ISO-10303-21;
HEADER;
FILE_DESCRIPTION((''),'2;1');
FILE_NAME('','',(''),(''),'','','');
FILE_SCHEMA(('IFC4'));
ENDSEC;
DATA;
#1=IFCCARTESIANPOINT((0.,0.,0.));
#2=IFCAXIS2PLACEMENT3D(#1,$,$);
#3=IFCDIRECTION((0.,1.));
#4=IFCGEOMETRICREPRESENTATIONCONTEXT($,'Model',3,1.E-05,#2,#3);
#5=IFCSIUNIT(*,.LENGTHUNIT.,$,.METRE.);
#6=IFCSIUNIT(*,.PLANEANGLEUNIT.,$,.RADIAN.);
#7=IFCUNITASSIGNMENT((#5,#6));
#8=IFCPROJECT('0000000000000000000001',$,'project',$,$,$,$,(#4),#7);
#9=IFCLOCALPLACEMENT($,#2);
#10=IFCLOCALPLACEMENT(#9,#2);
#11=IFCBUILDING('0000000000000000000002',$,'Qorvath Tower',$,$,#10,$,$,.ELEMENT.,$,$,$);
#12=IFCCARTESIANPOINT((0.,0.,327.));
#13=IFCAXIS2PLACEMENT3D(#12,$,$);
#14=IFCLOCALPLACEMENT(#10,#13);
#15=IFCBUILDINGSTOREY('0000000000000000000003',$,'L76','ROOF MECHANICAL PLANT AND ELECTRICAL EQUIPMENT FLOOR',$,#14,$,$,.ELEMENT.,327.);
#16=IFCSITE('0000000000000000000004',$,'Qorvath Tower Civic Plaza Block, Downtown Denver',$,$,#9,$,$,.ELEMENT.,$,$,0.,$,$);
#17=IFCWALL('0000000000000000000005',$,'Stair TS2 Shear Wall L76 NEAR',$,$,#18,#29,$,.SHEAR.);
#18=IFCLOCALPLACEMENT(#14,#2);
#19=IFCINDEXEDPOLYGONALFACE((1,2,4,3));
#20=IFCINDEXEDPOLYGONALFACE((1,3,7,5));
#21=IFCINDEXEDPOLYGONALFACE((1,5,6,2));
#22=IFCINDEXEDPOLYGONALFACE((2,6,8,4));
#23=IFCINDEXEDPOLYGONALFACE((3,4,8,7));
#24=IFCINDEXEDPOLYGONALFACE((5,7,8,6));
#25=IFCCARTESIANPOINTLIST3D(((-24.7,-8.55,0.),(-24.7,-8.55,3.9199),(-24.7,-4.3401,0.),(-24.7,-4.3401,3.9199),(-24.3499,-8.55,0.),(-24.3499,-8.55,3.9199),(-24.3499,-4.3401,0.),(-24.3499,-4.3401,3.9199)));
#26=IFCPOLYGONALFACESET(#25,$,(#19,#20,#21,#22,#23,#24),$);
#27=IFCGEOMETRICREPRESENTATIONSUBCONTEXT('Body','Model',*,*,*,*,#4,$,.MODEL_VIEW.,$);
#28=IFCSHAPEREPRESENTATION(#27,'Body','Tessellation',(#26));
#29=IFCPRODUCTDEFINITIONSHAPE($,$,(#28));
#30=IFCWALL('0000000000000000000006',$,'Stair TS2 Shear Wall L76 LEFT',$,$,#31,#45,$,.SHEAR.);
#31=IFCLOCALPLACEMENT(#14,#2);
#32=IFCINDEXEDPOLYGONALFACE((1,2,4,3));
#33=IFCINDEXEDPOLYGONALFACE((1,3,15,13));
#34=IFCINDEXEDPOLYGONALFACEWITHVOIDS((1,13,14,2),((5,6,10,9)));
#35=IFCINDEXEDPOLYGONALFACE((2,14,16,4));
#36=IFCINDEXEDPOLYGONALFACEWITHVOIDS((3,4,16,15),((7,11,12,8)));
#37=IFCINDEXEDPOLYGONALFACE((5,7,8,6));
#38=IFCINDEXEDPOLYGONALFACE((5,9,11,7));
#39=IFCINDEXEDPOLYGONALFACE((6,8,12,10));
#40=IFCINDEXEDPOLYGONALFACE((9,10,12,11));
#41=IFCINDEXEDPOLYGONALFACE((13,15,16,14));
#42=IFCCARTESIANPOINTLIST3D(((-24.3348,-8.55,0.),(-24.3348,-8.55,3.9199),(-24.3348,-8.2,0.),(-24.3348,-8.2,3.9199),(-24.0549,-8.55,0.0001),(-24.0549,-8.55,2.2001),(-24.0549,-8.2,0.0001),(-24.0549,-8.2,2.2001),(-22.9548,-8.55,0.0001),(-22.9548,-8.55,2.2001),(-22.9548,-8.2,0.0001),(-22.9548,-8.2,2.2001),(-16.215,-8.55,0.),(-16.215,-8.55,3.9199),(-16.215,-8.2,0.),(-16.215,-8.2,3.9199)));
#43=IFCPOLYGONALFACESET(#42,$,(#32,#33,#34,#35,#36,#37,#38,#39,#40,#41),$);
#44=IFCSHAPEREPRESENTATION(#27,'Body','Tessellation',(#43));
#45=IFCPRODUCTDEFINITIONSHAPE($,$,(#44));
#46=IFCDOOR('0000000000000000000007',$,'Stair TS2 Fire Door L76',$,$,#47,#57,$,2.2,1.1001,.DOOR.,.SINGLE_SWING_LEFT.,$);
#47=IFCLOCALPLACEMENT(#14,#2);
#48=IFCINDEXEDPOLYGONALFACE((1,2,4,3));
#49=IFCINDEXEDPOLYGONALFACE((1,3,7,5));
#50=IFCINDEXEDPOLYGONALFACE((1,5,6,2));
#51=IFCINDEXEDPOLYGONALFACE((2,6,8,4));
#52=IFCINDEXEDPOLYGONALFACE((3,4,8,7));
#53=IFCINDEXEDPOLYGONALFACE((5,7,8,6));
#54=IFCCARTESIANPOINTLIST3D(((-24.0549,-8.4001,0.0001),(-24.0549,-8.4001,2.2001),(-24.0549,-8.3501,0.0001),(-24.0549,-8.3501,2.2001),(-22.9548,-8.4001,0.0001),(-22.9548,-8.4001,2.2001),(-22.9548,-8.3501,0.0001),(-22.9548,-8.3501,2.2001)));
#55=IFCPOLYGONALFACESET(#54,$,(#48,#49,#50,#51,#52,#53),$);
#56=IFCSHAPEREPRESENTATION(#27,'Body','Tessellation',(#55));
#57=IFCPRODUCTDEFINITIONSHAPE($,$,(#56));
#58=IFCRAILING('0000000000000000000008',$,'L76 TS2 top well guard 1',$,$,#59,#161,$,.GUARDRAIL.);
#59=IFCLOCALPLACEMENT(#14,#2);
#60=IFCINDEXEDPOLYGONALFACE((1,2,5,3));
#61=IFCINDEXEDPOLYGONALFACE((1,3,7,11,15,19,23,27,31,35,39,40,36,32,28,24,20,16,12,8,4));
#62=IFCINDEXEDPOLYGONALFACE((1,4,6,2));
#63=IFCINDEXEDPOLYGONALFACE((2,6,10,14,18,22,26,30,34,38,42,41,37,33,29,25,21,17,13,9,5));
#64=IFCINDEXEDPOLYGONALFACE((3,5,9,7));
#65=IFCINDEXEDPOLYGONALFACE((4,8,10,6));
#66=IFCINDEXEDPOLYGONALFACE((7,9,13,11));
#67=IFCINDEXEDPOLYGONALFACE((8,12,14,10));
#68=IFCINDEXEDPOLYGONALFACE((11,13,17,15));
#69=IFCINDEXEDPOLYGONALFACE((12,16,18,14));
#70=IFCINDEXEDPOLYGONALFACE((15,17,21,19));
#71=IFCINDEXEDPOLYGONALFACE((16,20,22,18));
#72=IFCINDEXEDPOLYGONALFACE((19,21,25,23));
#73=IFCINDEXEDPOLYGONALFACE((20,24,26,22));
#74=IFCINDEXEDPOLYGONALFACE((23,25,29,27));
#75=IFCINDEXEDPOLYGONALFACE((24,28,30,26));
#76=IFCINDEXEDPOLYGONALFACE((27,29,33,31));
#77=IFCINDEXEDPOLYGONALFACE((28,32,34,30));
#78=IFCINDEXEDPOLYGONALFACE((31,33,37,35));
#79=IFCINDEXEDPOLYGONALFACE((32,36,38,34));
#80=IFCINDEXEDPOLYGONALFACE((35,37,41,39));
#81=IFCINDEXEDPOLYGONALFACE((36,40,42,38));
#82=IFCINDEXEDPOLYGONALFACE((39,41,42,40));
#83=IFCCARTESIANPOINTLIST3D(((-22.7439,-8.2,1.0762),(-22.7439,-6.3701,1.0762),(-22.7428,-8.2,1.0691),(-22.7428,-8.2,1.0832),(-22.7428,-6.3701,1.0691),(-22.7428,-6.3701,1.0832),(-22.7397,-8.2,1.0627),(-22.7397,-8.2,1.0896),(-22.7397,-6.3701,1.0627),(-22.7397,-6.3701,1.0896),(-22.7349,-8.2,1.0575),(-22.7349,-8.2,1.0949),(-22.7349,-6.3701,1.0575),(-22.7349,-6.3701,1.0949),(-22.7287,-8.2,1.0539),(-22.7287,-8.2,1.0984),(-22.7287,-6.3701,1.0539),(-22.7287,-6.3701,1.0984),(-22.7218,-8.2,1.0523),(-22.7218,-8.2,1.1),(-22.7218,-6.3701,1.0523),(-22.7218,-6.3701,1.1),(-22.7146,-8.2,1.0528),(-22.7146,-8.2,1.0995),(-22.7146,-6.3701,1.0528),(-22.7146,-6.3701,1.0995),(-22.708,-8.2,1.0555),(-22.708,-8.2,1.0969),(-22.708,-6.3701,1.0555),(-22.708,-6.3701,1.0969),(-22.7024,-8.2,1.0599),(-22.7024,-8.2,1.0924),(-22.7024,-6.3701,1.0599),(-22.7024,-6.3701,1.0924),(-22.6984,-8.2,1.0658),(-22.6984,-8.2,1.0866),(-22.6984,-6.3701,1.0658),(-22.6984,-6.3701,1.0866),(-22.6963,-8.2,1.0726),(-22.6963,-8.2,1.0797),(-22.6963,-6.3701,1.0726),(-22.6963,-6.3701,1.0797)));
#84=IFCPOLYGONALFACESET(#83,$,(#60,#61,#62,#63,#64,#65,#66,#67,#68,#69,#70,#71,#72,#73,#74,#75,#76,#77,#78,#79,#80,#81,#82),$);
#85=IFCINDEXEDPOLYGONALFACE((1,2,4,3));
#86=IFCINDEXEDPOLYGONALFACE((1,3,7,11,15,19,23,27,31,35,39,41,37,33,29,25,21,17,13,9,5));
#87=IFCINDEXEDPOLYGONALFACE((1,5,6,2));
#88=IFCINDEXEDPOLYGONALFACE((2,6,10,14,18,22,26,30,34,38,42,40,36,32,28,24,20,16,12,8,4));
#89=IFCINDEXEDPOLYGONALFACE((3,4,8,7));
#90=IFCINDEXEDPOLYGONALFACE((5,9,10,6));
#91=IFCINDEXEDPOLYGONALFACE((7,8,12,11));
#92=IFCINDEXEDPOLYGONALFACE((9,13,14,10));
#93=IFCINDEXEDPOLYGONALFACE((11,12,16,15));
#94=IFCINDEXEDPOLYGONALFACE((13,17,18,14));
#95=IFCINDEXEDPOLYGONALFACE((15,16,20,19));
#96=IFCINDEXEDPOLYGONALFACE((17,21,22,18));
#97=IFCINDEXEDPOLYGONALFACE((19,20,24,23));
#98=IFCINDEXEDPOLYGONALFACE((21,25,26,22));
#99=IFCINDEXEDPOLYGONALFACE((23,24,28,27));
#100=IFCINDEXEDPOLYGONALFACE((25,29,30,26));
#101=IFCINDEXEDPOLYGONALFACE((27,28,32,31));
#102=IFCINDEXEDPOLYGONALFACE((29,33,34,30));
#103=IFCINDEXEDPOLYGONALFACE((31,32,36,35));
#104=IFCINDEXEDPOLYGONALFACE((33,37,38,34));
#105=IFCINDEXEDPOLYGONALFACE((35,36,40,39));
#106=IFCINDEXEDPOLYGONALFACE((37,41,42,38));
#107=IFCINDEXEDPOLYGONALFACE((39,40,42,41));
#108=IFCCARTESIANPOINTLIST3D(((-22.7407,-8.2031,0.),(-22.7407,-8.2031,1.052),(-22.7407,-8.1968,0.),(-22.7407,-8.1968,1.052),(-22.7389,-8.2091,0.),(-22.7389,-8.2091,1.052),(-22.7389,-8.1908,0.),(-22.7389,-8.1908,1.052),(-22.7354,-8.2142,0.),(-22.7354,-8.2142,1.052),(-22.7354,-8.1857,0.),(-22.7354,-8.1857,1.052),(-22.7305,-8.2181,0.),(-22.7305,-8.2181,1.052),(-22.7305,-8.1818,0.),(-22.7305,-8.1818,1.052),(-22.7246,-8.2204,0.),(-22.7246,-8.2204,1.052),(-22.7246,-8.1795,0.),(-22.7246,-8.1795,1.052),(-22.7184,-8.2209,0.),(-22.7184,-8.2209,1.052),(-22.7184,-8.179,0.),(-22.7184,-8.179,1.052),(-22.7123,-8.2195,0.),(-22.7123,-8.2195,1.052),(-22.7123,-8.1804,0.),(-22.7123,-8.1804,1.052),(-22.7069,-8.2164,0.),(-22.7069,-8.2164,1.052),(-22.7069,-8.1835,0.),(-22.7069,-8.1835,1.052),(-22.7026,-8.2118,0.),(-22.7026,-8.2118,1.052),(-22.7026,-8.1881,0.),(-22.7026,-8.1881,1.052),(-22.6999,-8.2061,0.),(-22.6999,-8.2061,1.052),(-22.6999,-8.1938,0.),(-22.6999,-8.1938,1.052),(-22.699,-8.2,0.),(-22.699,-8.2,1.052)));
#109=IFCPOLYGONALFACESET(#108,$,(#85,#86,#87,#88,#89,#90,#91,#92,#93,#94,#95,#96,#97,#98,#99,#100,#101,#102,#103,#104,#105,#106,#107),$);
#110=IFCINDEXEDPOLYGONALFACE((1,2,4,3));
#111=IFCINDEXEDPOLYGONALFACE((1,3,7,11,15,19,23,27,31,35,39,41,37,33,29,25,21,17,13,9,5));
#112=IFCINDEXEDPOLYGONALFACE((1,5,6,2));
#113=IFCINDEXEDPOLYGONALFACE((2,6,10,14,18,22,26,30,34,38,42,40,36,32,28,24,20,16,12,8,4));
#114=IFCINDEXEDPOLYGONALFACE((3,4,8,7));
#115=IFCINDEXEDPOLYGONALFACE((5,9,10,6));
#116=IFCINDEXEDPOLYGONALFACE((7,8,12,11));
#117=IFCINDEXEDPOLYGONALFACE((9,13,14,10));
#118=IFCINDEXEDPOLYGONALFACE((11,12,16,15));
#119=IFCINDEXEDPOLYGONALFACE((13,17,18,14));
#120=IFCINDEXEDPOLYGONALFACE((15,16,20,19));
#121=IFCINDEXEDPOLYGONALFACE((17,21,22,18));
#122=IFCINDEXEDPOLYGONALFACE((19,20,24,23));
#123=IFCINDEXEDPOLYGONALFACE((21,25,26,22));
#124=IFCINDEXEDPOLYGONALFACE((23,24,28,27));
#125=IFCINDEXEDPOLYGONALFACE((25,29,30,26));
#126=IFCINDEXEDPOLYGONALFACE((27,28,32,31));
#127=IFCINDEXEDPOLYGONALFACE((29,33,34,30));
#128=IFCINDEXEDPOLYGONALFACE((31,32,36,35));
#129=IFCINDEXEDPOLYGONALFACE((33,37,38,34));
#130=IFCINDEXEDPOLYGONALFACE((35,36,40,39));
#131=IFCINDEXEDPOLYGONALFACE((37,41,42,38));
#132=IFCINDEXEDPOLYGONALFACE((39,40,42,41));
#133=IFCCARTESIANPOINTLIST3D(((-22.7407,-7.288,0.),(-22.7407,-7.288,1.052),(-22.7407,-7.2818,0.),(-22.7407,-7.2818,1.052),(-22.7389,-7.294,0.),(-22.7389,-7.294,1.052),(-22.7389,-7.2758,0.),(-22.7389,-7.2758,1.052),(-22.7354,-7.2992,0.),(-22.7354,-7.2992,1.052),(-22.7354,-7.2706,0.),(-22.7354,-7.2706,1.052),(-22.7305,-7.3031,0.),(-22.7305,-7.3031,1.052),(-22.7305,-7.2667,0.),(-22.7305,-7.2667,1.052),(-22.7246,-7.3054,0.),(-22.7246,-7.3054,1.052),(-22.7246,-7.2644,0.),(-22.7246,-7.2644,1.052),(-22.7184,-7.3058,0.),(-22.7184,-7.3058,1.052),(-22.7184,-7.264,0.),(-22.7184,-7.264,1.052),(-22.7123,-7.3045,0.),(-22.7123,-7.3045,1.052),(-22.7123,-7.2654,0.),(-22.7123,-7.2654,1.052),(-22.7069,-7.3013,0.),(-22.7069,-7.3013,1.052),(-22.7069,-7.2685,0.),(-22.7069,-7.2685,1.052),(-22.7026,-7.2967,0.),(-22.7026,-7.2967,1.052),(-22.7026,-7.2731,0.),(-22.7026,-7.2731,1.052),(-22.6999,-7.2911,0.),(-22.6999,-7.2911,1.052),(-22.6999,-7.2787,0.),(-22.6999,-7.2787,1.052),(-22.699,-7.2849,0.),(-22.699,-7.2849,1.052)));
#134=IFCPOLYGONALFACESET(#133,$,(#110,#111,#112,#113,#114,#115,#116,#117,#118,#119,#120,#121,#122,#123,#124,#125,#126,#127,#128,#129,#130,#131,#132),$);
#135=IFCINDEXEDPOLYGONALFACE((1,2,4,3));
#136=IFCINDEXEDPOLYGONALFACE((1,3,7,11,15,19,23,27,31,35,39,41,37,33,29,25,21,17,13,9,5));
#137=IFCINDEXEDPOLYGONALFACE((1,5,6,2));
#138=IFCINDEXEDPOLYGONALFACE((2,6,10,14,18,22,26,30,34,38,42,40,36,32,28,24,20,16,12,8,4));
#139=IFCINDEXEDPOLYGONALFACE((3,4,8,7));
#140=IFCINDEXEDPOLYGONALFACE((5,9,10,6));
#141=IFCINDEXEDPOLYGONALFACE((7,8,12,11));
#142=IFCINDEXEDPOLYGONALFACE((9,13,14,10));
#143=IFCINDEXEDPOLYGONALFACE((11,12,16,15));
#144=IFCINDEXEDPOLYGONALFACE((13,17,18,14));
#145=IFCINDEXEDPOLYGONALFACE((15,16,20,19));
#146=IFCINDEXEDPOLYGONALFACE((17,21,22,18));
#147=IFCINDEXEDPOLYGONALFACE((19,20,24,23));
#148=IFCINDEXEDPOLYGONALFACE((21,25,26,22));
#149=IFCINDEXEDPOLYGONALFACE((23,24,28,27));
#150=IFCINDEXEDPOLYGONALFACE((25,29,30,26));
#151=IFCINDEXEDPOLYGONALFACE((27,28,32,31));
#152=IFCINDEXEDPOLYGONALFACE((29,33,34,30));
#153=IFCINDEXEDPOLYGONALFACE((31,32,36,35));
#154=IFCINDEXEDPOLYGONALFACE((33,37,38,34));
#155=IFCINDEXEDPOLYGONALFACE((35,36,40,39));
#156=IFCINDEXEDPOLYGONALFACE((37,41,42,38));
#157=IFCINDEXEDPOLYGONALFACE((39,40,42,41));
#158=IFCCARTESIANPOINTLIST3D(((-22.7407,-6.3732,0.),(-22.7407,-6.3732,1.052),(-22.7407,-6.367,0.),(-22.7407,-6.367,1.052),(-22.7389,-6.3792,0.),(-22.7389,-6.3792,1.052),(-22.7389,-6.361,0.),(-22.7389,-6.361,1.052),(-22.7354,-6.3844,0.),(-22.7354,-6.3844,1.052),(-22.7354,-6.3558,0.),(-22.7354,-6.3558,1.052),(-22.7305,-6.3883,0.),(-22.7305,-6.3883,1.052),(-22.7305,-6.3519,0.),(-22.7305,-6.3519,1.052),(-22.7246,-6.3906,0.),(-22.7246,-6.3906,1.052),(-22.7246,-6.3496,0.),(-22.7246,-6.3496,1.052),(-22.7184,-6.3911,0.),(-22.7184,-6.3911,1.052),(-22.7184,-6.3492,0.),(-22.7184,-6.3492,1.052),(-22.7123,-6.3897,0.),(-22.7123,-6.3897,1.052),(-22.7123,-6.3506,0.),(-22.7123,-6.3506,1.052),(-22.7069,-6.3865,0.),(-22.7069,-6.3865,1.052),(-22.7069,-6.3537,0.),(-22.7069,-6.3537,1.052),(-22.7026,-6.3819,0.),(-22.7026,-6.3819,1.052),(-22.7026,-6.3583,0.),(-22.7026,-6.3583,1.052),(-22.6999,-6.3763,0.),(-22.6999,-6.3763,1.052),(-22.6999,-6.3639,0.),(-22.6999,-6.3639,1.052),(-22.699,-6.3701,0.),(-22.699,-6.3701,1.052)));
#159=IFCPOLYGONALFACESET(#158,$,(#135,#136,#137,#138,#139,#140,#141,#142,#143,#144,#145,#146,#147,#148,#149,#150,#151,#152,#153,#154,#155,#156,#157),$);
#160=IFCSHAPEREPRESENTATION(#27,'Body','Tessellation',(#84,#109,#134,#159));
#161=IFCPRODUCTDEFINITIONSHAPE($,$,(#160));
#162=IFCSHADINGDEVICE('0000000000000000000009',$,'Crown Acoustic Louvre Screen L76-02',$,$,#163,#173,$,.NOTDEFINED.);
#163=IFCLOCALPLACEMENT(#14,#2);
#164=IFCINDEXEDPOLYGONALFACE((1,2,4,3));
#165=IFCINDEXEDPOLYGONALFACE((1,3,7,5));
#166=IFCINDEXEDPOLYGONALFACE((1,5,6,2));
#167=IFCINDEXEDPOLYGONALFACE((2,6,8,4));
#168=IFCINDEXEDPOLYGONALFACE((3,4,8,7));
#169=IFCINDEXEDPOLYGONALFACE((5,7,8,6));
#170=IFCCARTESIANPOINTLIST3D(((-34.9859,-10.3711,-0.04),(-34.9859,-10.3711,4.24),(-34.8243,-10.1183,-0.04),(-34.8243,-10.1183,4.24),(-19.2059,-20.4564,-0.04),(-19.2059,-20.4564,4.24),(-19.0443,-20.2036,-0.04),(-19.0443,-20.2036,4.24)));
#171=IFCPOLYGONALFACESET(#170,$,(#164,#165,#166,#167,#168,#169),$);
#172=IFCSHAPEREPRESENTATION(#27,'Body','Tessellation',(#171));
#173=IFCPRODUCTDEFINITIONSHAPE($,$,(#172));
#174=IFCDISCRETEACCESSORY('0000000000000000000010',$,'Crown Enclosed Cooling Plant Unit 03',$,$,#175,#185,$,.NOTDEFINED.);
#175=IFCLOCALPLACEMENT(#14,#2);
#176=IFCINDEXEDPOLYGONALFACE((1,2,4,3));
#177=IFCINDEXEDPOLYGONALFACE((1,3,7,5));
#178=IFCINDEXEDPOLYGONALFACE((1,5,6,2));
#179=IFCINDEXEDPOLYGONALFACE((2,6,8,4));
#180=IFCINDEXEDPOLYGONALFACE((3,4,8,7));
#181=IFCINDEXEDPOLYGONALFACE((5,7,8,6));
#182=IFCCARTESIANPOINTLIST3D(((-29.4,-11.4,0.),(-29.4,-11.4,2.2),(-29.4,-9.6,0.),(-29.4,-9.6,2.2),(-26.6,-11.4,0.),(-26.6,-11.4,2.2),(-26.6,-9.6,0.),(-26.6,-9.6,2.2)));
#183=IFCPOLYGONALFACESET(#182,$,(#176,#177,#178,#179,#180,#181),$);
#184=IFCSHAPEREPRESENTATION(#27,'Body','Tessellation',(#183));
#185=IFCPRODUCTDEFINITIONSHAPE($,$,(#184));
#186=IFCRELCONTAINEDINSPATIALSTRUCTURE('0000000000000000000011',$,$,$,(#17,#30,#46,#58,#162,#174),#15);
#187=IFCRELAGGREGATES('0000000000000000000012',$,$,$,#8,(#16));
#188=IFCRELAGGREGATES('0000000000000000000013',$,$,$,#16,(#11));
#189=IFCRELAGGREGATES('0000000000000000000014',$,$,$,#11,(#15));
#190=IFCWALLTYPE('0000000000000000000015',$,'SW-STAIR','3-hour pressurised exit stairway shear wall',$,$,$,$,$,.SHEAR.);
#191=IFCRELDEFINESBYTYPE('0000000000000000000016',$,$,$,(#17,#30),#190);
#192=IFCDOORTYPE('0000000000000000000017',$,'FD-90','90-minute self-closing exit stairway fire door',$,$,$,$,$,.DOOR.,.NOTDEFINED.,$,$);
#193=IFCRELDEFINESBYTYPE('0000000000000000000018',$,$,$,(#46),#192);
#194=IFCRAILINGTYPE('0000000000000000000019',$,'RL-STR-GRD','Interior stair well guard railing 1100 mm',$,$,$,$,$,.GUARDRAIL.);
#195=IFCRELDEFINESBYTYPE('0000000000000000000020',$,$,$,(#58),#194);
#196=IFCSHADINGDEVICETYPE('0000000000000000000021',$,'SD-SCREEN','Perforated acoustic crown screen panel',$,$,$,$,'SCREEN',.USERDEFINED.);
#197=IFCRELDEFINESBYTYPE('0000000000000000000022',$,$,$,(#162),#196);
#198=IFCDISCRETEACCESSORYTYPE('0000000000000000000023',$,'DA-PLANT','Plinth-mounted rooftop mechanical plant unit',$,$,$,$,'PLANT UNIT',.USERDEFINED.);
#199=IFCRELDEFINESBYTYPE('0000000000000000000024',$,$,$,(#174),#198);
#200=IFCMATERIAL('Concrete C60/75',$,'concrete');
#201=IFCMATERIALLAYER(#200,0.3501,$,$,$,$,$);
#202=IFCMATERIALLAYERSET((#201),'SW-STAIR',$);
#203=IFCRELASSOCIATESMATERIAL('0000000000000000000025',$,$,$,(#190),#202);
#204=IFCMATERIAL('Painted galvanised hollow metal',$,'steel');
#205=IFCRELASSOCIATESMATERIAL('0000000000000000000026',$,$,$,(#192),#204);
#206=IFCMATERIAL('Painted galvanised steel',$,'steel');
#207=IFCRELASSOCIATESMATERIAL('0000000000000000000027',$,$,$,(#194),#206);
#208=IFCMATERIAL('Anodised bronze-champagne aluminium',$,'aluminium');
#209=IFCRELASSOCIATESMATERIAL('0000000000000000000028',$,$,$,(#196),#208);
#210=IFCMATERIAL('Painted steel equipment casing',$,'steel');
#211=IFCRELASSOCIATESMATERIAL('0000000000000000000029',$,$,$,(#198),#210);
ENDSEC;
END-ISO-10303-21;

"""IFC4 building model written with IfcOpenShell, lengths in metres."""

from ifc_helpers import new_model, si_unit, direction, frame, frame_2d, origin, origin_2d, place, context, subcontext, project, spatial, rectangle, circle, extrude, material, layer, layer_set, type_object, element, fill, save


model = new_model("IFC4")

# Units and contexts
model_context = context("Model", 3, precision=1e-05, world=origin(), true_north=direction((0.0, 1.0)))
body_context = subcontext(model_context, "Body", "Model", "MODEL_VIEW")
ifc_project = project(units=[si_unit("LENGTHUNIT", "METRE"), si_unit("PLANEANGLEUNIT", "RADIAN")], contexts=[model_context])

# Site, building, storey
site_placement = place(None, origin())
site = spatial("IfcSite", under=ifc_project, at=site_placement, Name="Qorvath Tower Civic Plaza Block, Downtown Denver", CompositionType="ELEMENT", RefElevation=0.0)
building_placement = place(site_placement, origin())
building = spatial("IfcBuilding", under=site, at=building_placement, Name="Qorvath Tower", CompositionType="ELEMENT")
storey_placement = place(building_placement, frame((0.0, 0.0, 327.0)))
storey = spatial("IfcBuildingStorey", under=building, at=storey_placement, Name="L76", Description="ROOF MECHANICAL PLANT AND ELECTRICAL EQUIPMENT FLOOR", CompositionType="ELEMENT", Elevation=327.0)

# Wall
ifc_material_1 = material(Name="Concrete C60/75", Category="concrete")
ifc_layer_1 = layer(ifc_material_1, 0.3501)
ifc_layer_set_1 = layer_set([ifc_layer_1], Name="SW-STAIR")
wall_type_1 = type_object("IfcWallType", Name="SW-STAIR", Description="3-hour pressurised exit stairway shear wall", PredefinedType="SHEAR", material=ifc_layer_set_1)
wall_1_placement = place(storey_placement, frame((-24.5249, -4.3401, 0.0), z_axis=(0.0, 0.0, 1.0), x_axis=(0.0, -1.0, 0.0)))
element("IfcWall", 1, at=wall_1_placement, inside=storey, type_object=wall_type_1, Name="Stair TS2 Shear Wall L76 NEAR", PredefinedType="SHEAR", context=body_context, shape_type="SweptSolid", body=[
    extrude(rectangle(XDim=4.21, YDim=0.3501, at=frame_2d((2.105, 0.0))), origin(), (0.0, 0.0, 1.0), 3.9199),
])

# Wall, opening, door
wall_2_placement = place(storey_placement, frame((-24.335, -8.375, 0.0), z_axis=(0.0, 0.0, 1.0), x_axis=(1.0, 0.0, 0.0)))
wall_2 = element("IfcWall", 2, at=wall_2_placement, inside=storey, type_object=wall_type_1, Name="Stair TS2 Shear Wall L76 LEFT", PredefinedType="SHEAR", context=body_context, shape_type="SweptSolid", body=[
    extrude(rectangle(XDim=8.1199, YDim=0.3501, at=frame_2d((4.0601, 0.0))), origin(), (0.0, 0.0, 1.0), 3.9199),
])
opening_placement = place(wall_2_placement, frame((0.28, 0.0, 0.0)))
opening = element("IfcOpeningElement", 3, at=opening_placement, cuts=wall_2, PredefinedType="OPENING", context=body_context, shape_type="SweptSolid", body=[
    extrude(rectangle(XDim=1.1001, YDim=2.2, at=frame_2d((0.55, 1.1001))), frame((0.0, 0.1851, 0.0), z_axis=(0.0, -1.0, 0.0), x_axis=(1.0, 0.0, 0.0)), (0.0, 0.0, 1.0), 0.3701),
])
ifc_material_2 = material(Name="Painted galvanised hollow metal", Category="steel")
door_type = type_object("IfcDoorType", Name="FD-90", Description="90-minute self-closing exit stairway fire door", OperationType="NOTDEFINED", PredefinedType="DOOR", material=ifc_material_2)
door_placement = place(opening_placement, origin())
door = element("IfcDoor", 4, at=door_placement, inside=storey, type_object=door_type, Name="Stair TS2 Fire Door L76", OperationType="SINGLE_SWING_LEFT", OverallHeight=2.2, OverallWidth=1.1001, PredefinedType="DOOR", context=body_context, shape_type="SweptSolid", body=[
    extrude(rectangle(XDim=1.1001, YDim=2.2, at=frame_2d((0.55, 1.1001))), frame((0.0, 0.0249, 0.0), z_axis=(0.0, -1.0, 0.0), x_axis=(1.0, 0.0, 0.0)), (0.0, 0.0, 1.0), 0.05),
])
fill(opening, door)

# Railing
ifc_material_3 = material(Name="Painted galvanised steel", Category="steel")
railing_type = type_object("IfcRailingType", Name="RL-STR-GRD", Description="Interior stair well guard railing 1100 mm", PredefinedType="GUARDRAIL", material=ifc_material_3)
railing_placement = place(storey_placement, frame((-22.72, -8.2, 0.0)))
element("IfcRailing", 5, at=railing_placement, inside=storey, type_object=railing_type, Name="L76 TS2 top well guard 1", PredefinedType="GUARDRAIL", context=body_context, shape_type="SweptSolid", body=[
    extrude(circle(Radius=0.0239, at=origin_2d()), frame((0.0, 0.0, 1.0762), z_axis=(0.0, 1.0, 0.0), x_axis=(-1.0, 0.0, 0.0)), (0.0, 0.0, 1.0), 1.8298),
    extrude(circle(Radius=0.021, at=origin_2d()), origin(), (0.0, 0.0, 1.0), 1.052),
    extrude(circle(Radius=0.021, at=origin_2d()), frame((0.0, 0.915, 0.0)), (0.0, 0.0, 1.0), 1.052),
    extrude(circle(Radius=0.021, at=origin_2d()), frame((0.0, 1.8298, 0.0)), (0.0, 0.0, 1.0), 1.052),
])

# Shading device
ifc_material_4 = material(Name="Anodised bronze-champagne aluminium", Category="aluminium")
shading_device_type = type_object("IfcShadingDeviceType", Name="SD-SCREEN", Description="Perforated acoustic crown screen panel", ElementType="SCREEN", PredefinedType="USERDEFINED", material=ifc_material_4)
shading_device_placement = place(storey_placement, frame((-27.0151, -15.2874, -0.04), z_axis=(0.0, 0.0, 1.0), x_axis=(0.842609, -0.538525, 0.0)))
element("IfcShadingDevice", 6, at=shading_device_placement, inside=storey, type_object=shading_device_type, Name="Crown Acoustic Louvre Screen L76-02", PredefinedType="NOTDEFINED", context=body_context, shape_type="SweptSolid", body=[
    extrude(rectangle(XDim=18.7275, YDim=0.3, at=origin_2d()), origin(), (0.0, 0.0, 1.0), 4.28),
])

# Discrete accessory
ifc_material_5 = material(Name="Painted steel equipment casing", Category="steel")
discrete_accessory_type = type_object("IfcDiscreteAccessoryType", Name="DA-PLANT", Description="Plinth-mounted rooftop mechanical plant unit", ElementType="PLANT UNIT", PredefinedType="USERDEFINED", material=ifc_material_5)
discrete_accessory_placement = place(storey_placement, frame((-28.0, -10.5, 0.0), z_axis=(0.0, 0.0, 1.0), x_axis=(1.0, 0.0, 0.0)))
element("IfcDiscreteAccessory", 7, at=discrete_accessory_placement, inside=storey, type_object=discrete_accessory_type, Name="Crown Enclosed Cooling Plant Unit 03", PredefinedType="NOTDEFINED", context=body_context, shape_type="SweptSolid", body=[
    extrude(rectangle(XDim=2.8, YDim=1.8, at=origin_2d()), origin(), (0.0, 0.0, 1.0), 2.2),
])

save(model, "model.ifc")
